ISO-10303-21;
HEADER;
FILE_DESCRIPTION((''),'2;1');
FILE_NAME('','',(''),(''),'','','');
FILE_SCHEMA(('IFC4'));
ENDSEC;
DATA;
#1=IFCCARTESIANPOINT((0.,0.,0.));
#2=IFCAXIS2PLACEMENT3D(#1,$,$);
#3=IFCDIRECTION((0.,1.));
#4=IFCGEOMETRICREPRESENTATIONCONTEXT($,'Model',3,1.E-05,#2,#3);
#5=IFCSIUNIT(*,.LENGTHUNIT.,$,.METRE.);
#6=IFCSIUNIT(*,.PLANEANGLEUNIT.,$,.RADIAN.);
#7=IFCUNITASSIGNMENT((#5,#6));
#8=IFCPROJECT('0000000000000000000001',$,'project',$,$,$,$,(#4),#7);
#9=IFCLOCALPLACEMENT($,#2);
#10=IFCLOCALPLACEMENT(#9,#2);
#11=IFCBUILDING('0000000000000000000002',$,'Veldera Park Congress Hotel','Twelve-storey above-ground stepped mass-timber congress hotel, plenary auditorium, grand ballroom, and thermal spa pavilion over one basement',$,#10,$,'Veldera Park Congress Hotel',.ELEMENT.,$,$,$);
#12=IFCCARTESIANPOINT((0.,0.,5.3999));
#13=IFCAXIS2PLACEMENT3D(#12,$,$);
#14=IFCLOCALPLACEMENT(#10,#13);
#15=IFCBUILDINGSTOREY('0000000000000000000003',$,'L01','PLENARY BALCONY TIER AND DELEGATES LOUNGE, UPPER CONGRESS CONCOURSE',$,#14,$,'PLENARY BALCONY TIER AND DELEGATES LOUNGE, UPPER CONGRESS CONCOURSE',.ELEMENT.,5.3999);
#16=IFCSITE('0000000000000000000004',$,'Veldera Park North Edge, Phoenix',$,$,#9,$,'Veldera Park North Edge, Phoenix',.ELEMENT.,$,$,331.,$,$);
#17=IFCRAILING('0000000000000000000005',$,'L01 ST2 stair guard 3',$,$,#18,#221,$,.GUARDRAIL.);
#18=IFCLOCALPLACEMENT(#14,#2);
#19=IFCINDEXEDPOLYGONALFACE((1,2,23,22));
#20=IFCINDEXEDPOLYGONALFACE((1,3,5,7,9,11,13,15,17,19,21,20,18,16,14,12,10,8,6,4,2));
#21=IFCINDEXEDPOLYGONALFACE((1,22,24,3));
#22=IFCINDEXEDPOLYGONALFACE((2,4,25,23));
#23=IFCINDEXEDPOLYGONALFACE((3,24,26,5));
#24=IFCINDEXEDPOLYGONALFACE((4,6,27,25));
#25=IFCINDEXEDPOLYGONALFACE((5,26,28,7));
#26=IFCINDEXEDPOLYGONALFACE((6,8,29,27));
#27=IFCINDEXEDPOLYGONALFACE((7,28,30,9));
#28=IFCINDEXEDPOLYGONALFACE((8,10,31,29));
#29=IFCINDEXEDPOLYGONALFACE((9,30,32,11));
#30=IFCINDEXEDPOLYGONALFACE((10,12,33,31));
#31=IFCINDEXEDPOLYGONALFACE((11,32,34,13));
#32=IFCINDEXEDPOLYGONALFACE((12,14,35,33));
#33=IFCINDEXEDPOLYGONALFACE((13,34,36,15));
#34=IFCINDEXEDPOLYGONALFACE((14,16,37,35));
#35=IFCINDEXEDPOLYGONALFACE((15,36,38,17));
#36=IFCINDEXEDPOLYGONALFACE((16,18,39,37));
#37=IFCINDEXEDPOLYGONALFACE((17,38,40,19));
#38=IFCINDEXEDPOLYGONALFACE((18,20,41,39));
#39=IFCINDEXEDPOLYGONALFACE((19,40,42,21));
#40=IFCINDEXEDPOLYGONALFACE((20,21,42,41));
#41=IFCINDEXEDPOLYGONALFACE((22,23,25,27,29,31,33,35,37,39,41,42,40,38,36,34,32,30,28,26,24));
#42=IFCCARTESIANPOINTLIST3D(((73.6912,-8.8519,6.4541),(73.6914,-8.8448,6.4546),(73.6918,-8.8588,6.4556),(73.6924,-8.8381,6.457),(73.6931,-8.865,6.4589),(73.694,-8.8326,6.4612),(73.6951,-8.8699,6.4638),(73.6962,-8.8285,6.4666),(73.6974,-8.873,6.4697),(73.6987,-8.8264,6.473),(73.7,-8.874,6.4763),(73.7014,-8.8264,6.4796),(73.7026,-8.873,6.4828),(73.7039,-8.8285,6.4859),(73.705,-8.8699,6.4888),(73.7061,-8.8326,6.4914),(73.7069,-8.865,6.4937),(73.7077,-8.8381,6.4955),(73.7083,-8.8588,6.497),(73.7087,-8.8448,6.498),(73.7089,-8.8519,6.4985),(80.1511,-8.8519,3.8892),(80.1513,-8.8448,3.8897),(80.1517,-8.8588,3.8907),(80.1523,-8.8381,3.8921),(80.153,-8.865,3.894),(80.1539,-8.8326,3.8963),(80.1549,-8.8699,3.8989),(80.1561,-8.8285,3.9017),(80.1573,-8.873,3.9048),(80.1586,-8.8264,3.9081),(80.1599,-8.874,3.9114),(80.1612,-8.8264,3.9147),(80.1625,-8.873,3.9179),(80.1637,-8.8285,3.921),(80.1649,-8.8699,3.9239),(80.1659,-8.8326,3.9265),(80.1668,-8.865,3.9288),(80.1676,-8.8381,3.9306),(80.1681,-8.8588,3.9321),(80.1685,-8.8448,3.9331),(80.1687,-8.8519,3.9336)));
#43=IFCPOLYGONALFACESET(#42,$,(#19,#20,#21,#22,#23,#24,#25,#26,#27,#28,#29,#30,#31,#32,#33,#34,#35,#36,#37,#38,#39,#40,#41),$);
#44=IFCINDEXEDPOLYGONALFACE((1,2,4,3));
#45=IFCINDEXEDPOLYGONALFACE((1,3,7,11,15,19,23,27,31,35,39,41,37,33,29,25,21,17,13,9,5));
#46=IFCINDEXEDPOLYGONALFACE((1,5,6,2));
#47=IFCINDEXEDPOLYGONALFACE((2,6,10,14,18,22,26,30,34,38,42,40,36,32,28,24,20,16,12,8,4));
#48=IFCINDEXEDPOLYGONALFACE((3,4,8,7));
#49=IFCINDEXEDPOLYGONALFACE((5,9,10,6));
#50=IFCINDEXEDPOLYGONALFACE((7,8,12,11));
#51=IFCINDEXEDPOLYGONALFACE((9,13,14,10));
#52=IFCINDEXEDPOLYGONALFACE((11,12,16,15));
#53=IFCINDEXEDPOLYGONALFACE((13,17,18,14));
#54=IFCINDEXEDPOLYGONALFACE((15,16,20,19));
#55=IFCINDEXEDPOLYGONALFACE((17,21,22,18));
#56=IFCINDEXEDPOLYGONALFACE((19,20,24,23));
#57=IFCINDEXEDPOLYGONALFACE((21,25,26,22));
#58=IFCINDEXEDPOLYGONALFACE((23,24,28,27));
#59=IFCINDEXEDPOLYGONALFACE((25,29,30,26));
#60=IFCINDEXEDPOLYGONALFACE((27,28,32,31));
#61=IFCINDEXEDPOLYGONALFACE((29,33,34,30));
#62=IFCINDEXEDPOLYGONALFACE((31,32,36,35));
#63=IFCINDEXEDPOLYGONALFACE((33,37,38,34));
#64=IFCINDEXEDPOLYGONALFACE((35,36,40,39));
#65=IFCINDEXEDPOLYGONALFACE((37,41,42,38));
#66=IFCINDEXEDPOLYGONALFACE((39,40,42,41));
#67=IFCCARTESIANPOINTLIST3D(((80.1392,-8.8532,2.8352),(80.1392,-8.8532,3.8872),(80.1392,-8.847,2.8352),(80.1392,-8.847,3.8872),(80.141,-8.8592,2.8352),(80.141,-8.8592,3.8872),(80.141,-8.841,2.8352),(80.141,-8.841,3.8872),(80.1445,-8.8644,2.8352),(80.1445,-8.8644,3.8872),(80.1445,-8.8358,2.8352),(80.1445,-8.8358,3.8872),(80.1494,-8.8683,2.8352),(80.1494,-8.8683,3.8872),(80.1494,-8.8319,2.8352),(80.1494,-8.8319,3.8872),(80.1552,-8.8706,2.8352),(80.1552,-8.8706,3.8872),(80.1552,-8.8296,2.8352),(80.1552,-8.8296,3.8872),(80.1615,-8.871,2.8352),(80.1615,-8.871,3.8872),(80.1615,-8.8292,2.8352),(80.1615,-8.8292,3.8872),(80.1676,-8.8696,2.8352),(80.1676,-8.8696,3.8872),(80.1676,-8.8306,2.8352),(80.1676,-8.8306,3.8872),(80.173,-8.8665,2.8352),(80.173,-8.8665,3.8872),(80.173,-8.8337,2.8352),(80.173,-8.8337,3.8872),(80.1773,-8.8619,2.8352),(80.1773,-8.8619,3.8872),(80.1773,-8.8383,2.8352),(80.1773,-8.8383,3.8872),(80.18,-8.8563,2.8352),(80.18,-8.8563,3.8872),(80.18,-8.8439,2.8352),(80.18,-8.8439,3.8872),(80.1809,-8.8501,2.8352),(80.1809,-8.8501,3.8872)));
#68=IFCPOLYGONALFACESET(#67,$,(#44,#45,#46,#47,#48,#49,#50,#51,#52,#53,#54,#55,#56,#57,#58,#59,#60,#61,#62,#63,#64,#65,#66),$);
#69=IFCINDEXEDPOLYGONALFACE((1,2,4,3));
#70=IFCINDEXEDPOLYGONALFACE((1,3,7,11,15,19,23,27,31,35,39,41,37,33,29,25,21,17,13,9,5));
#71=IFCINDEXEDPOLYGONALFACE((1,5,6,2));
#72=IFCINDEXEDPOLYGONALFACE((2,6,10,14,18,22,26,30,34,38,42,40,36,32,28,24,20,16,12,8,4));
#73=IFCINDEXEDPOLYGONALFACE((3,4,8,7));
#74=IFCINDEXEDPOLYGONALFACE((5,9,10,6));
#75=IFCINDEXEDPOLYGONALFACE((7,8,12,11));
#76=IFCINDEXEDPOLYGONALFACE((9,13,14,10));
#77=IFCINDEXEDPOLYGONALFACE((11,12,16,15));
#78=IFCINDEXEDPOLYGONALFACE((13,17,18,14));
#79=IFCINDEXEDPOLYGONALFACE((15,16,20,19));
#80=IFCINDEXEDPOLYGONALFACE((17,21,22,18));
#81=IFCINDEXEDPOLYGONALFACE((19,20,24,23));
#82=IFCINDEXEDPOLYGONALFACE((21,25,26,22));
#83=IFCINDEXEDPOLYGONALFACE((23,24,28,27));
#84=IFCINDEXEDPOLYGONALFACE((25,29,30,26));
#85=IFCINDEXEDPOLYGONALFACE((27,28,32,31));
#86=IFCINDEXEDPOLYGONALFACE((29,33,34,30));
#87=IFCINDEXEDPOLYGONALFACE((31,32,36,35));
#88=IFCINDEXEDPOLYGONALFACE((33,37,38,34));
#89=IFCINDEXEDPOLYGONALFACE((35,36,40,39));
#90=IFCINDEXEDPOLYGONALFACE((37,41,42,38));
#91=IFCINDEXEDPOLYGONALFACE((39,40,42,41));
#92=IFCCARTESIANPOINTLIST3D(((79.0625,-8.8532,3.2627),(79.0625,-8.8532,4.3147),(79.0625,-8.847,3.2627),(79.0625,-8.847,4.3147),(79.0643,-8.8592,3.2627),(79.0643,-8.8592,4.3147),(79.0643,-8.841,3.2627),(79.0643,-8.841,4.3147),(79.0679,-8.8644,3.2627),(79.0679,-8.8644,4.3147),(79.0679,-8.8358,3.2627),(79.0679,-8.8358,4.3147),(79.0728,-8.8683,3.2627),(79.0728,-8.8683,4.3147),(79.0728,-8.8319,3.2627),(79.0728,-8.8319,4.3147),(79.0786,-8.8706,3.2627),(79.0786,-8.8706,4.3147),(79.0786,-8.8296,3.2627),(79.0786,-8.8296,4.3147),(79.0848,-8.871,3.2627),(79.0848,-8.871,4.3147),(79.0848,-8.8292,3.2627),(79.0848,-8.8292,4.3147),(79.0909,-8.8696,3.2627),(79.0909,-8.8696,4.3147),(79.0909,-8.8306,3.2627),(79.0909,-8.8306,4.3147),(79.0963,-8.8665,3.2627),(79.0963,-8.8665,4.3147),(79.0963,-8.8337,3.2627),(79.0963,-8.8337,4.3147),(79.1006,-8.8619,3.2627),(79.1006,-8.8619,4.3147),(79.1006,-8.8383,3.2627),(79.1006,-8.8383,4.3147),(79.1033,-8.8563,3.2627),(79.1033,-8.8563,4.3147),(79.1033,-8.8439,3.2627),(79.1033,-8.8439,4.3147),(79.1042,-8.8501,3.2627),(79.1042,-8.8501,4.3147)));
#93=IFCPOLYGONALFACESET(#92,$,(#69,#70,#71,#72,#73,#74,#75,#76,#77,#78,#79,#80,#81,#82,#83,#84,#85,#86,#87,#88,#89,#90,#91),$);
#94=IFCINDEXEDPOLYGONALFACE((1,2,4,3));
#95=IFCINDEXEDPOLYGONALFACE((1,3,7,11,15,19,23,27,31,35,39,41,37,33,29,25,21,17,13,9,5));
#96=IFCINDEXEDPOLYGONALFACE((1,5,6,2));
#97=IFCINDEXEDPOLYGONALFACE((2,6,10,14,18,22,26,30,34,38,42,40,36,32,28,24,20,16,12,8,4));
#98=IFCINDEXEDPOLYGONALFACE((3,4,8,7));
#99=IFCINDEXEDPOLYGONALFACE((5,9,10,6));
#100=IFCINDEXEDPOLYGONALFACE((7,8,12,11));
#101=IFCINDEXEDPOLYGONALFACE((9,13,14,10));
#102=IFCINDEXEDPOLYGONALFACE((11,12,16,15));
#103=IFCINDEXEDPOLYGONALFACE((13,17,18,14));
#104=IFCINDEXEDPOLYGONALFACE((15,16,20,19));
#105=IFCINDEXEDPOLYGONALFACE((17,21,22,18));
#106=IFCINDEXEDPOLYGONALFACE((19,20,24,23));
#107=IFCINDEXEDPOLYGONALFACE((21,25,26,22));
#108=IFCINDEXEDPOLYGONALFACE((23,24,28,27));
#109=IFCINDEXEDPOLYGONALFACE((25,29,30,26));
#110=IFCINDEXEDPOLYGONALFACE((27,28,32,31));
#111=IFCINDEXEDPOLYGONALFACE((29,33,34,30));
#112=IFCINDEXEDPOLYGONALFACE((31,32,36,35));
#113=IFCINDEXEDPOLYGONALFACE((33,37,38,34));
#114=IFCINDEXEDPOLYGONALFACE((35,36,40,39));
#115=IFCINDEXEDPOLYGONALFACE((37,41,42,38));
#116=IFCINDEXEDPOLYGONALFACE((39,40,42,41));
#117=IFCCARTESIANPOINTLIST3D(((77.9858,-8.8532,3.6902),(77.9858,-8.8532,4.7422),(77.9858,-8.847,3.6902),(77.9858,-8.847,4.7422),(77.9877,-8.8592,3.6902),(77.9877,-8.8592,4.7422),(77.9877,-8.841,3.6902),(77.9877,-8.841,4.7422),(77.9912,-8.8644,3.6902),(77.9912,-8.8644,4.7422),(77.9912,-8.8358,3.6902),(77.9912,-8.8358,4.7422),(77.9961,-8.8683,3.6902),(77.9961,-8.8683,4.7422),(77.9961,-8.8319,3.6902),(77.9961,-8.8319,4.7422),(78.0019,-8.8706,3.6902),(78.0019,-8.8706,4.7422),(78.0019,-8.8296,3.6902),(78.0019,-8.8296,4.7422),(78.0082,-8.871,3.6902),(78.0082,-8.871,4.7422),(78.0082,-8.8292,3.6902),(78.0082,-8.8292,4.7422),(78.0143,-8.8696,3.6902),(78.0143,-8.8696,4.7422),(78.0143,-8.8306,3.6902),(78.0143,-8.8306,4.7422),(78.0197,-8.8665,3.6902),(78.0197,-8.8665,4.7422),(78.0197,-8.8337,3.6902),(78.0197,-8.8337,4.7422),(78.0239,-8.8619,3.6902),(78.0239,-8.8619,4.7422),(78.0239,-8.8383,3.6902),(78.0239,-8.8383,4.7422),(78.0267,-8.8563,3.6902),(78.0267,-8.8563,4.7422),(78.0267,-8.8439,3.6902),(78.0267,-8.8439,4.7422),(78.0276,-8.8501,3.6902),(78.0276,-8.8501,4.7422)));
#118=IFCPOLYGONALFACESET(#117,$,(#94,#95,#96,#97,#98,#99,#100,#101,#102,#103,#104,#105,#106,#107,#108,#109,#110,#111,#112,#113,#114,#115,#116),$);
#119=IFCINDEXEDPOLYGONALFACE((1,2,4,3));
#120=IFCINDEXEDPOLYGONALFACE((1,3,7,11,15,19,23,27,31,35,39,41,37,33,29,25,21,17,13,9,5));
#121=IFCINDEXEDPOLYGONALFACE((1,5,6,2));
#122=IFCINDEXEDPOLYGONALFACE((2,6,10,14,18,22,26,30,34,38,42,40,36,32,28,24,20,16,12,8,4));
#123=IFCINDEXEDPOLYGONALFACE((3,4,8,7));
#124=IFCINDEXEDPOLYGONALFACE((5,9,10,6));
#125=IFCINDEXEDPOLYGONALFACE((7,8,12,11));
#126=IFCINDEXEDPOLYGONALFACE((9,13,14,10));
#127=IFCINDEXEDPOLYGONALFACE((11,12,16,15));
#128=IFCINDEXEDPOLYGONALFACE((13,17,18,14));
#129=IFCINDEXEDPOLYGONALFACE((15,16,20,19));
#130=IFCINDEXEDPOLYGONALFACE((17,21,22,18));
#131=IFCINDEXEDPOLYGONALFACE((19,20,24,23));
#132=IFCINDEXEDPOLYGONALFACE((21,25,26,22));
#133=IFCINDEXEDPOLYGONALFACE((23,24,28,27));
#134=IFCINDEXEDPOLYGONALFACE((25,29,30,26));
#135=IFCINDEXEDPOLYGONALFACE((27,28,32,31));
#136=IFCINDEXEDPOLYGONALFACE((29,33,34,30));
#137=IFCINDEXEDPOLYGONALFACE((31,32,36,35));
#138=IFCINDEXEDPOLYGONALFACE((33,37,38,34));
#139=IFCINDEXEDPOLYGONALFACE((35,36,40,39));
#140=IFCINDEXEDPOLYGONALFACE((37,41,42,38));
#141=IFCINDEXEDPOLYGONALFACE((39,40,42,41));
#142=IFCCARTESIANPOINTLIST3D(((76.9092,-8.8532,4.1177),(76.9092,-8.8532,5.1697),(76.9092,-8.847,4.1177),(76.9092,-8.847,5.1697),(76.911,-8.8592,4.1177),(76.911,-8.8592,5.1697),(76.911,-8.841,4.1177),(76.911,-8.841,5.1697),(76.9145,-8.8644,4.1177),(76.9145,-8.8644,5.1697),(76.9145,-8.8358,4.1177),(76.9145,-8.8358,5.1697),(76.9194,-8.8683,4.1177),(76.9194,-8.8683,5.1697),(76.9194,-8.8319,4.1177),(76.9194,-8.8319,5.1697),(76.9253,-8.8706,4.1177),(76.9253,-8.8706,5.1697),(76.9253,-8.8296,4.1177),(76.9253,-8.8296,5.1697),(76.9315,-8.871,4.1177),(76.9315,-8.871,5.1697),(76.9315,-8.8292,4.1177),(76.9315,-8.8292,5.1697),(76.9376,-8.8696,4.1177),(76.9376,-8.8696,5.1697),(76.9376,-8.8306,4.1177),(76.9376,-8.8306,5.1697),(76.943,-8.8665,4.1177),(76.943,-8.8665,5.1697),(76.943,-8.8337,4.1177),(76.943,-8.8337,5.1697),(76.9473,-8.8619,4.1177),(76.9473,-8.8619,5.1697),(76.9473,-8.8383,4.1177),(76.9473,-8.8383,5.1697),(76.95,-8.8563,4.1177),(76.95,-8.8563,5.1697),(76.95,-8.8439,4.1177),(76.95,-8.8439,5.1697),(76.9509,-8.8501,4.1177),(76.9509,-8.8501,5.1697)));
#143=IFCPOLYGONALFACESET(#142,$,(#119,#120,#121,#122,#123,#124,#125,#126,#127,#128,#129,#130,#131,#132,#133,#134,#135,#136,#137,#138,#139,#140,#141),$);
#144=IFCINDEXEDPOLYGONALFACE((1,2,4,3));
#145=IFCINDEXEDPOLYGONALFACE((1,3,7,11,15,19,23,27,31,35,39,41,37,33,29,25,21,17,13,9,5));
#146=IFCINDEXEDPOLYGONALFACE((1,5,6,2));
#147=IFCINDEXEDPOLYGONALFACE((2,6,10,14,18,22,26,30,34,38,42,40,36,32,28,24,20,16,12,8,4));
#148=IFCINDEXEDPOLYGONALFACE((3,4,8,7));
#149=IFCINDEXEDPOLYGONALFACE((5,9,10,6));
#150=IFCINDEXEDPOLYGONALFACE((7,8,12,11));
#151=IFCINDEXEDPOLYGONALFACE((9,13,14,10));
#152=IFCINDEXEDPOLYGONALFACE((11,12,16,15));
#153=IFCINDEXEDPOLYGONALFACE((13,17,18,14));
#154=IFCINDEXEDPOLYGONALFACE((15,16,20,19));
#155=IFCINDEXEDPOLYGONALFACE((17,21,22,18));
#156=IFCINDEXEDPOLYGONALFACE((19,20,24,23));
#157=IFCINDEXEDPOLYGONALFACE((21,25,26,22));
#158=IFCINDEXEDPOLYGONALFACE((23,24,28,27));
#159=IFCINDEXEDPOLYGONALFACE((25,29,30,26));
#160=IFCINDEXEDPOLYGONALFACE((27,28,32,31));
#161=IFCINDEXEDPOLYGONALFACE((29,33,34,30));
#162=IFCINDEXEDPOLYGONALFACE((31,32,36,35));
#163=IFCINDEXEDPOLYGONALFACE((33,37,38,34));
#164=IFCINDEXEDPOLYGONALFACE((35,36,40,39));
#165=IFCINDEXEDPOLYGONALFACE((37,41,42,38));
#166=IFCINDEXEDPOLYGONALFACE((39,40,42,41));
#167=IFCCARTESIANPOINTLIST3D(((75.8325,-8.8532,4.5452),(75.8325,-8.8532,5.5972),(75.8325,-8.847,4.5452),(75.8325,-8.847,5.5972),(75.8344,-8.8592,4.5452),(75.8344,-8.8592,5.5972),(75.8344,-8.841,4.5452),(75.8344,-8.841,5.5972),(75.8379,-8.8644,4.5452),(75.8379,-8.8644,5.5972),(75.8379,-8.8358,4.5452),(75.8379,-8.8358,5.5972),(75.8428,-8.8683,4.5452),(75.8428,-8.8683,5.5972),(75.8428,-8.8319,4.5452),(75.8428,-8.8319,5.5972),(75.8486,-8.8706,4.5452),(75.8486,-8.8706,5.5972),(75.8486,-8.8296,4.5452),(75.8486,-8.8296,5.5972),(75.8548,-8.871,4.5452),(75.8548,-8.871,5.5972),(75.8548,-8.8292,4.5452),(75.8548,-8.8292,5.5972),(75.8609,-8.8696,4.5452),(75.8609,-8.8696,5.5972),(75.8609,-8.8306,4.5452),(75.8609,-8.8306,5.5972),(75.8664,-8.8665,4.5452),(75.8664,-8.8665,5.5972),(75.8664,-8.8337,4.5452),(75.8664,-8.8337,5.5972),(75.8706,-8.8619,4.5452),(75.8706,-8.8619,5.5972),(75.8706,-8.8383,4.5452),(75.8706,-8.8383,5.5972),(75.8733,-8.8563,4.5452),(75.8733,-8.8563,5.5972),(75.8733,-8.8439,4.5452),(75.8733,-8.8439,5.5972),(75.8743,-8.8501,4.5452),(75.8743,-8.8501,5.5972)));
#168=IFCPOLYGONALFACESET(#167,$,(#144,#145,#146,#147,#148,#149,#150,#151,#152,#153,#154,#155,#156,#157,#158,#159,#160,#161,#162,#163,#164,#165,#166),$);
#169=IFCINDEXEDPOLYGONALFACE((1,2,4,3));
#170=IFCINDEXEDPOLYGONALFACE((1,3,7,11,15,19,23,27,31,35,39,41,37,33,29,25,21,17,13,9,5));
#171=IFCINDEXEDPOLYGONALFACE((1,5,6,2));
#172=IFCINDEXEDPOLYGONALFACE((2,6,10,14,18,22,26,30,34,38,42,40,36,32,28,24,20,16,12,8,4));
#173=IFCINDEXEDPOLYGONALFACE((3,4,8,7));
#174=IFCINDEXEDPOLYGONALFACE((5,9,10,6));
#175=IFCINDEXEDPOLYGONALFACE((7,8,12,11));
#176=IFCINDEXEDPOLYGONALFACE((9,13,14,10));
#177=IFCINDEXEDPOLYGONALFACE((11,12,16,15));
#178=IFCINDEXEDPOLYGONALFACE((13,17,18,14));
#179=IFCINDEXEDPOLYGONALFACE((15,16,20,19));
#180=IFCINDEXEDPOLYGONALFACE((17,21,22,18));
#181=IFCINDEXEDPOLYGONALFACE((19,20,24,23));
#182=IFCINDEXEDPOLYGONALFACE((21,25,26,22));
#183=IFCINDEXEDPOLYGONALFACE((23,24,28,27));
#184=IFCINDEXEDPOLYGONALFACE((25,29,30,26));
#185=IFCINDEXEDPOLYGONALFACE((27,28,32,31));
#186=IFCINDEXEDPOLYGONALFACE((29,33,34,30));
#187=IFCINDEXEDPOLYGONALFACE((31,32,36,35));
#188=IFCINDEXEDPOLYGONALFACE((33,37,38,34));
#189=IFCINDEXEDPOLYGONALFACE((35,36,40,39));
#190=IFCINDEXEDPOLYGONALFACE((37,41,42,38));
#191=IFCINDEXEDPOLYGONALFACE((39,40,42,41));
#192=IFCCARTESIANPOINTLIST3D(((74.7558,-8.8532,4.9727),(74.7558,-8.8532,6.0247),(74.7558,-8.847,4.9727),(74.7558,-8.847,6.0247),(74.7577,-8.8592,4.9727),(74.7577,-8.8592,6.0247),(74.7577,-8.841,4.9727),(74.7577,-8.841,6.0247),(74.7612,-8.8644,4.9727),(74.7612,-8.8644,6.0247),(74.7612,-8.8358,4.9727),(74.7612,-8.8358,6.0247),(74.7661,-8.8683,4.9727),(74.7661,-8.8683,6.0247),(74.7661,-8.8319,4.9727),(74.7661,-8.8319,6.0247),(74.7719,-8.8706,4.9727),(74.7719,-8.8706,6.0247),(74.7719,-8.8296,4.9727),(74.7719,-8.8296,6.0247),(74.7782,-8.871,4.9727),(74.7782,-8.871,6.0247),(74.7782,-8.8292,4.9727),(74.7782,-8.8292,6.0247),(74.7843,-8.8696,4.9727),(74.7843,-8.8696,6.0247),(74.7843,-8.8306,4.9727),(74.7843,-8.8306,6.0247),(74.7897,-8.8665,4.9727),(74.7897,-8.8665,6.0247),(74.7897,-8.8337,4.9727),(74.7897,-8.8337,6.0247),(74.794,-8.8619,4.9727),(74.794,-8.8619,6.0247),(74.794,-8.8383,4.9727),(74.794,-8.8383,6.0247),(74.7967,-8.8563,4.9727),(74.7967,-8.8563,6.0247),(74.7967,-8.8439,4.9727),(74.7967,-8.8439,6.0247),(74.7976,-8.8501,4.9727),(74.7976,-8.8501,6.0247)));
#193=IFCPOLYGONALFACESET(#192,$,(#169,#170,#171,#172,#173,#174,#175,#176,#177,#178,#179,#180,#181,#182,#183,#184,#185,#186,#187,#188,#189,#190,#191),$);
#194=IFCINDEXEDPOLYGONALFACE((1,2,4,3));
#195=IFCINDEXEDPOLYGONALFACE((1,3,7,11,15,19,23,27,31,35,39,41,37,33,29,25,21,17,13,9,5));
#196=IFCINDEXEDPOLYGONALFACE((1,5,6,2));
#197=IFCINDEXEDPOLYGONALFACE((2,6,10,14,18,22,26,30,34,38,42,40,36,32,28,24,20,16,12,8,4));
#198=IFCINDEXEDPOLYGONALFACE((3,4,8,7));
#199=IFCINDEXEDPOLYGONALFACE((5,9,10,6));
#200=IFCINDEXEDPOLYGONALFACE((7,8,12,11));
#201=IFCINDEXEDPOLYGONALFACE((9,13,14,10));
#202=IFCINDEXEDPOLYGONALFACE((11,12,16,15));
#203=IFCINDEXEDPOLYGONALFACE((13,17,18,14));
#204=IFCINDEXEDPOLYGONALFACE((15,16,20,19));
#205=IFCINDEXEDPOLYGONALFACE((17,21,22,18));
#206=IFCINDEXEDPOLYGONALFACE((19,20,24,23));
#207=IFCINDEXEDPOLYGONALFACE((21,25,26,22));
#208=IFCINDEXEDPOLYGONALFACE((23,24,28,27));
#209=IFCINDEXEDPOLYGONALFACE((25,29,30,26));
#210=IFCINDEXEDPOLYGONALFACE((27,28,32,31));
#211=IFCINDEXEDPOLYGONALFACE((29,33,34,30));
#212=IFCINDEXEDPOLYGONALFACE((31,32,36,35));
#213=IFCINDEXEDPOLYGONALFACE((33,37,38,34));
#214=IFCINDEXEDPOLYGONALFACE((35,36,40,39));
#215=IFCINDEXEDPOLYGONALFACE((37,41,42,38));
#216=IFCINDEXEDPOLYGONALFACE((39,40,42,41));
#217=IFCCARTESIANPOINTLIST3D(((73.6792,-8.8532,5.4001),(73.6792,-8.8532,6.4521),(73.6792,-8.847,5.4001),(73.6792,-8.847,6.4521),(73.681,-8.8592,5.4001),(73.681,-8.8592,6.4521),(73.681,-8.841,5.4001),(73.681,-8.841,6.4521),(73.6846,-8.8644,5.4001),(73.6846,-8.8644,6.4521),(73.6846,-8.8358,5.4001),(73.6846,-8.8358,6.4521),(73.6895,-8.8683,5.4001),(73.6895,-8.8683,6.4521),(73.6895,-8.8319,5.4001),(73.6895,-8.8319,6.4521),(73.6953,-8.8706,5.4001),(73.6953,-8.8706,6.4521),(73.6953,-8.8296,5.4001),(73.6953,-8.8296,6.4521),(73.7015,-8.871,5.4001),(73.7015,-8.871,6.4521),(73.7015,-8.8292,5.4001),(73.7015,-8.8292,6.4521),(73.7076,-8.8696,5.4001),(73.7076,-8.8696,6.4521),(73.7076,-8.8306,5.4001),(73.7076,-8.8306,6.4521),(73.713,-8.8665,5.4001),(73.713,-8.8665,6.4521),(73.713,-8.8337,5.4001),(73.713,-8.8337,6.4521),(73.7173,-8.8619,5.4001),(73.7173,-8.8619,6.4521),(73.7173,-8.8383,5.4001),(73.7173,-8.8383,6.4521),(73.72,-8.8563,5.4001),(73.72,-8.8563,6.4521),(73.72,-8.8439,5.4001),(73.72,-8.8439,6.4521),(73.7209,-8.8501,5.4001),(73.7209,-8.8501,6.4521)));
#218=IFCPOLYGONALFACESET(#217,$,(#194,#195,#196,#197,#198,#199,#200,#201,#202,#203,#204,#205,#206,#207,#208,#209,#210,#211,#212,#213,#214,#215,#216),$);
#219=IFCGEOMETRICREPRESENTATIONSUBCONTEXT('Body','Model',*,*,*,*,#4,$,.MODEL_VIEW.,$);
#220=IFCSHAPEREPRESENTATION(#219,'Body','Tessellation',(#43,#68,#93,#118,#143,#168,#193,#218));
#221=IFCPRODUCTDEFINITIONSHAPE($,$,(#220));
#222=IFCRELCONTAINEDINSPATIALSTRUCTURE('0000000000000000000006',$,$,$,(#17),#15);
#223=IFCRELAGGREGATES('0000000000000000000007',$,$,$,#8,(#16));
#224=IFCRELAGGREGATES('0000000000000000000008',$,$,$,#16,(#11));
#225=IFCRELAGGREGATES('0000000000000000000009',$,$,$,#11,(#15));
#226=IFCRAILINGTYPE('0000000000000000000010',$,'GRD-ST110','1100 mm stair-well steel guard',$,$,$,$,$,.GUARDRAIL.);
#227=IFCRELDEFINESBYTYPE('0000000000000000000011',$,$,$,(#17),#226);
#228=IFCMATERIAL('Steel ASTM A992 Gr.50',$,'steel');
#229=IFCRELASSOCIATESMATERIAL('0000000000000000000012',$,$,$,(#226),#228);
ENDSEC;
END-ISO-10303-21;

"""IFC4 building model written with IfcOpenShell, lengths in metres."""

from ifc_helpers import new_model, si_unit, direction, frame, origin, origin_2d, place, context, subcontext, project, spatial, circle, extrude, material, type_object, element, save


model = new_model("IFC4")

# Units and contexts
model_context = context("Model", 3, precision=1e-05, world=origin(), true_north=direction((0.0, 1.0)))
body_context = subcontext(model_context, "Body", "Model", "MODEL_VIEW")
ifc_project = project(units=[si_unit("LENGTHUNIT", "METRE"), si_unit("PLANEANGLEUNIT", "RADIAN")], contexts=[model_context])

# Site, building, storey
site_placement = place(None, origin())
site = spatial("IfcSite", under=ifc_project, at=site_placement, Name="Veldera Park North Edge, Phoenix", LongName="Veldera Park North Edge, Phoenix", CompositionType="ELEMENT", RefElevation=331.0)
building_placement = place(site_placement, origin())
building = spatial("IfcBuilding", under=site, at=building_placement, Name="Veldera Park Congress Hotel", Description="Twelve-storey above-ground stepped mass-timber congress hotel, plenary auditorium, grand ballroom, and thermal spa pavilion over one basement", LongName="Veldera Park Congress Hotel", CompositionType="ELEMENT")
storey_placement = place(building_placement, frame((0.0, 0.0, 5.3999)))
storey = spatial("IfcBuildingStorey", under=building, at=storey_placement, Name="L01", Description="PLENARY BALCONY TIER AND DELEGATES LOUNGE, UPPER CONGRESS CONCOURSE", LongName="PLENARY BALCONY TIER AND DELEGATES LOUNGE, UPPER CONGRESS CONCOURSE", CompositionType="ELEMENT", Elevation=5.3999)

# Shared definitions
ifc_material_1 = material(Name="Steel ASTM A992 Gr.50", Category="steel")

# Railing
railing_type_1 = type_object("IfcRailingType", Name="GRD-ST110", Description="1100 mm stair-well steel guard", PredefinedType="GUARDRAIL", material=ifc_material_1)
railing_1_placement = place(storey_placement, frame((80.1599, -8.8501, 2.8352)))
element("IfcRailing", 1, at=railing_1_placement, inside=storey, type_object=railing_type_1, Name="L01 ST2 stair guard 3", PredefinedType="GUARDRAIL", context=body_context, shape_type="SweptSolid", body=[
    extrude(circle(Radius=0.0239, at=origin_2d()), frame((0.0, 0.0, 1.0762), z_axis=(-0.929418, 0.0, 0.369028), x_axis=(0.0, -1.0, 0.0)), (0.0, 0.0, 1.0), 6.9504),
    extrude(circle(Radius=0.021, at=origin_2d()), origin(), (0.0, 0.0, 1.0), 1.052),
    extrude(circle(Radius=0.021, at=origin_2d()), frame((-1.0767, 0.0, 0.4275)), (0.0, 0.0, 1.0), 1.052),
    extrude(circle(Radius=0.021, at=origin_2d()), frame((-2.1533, 0.0, 0.855)), (0.0, 0.0, 1.0), 1.052),
    extrude(circle(Radius=0.021, at=origin_2d()), frame((-3.23, 0.0, 1.2825)), (0.0, 0.0, 1.0), 1.052),
    extrude(circle(Radius=0.021, at=origin_2d()), frame((-4.3066, 0.0, 1.71)), (0.0, 0.0, 1.0), 1.052),
    extrude(circle(Radius=0.021, at=origin_2d()), frame((-5.3833, 0.0, 2.1375)), (0.0, 0.0, 1.0), 1.052),
    extrude(circle(Radius=0.021, at=origin_2d()), frame((-6.46, 0.0, 2.5649)), (0.0, 0.0, 1.0), 1.052),
])

save(model, "model.ifc")
